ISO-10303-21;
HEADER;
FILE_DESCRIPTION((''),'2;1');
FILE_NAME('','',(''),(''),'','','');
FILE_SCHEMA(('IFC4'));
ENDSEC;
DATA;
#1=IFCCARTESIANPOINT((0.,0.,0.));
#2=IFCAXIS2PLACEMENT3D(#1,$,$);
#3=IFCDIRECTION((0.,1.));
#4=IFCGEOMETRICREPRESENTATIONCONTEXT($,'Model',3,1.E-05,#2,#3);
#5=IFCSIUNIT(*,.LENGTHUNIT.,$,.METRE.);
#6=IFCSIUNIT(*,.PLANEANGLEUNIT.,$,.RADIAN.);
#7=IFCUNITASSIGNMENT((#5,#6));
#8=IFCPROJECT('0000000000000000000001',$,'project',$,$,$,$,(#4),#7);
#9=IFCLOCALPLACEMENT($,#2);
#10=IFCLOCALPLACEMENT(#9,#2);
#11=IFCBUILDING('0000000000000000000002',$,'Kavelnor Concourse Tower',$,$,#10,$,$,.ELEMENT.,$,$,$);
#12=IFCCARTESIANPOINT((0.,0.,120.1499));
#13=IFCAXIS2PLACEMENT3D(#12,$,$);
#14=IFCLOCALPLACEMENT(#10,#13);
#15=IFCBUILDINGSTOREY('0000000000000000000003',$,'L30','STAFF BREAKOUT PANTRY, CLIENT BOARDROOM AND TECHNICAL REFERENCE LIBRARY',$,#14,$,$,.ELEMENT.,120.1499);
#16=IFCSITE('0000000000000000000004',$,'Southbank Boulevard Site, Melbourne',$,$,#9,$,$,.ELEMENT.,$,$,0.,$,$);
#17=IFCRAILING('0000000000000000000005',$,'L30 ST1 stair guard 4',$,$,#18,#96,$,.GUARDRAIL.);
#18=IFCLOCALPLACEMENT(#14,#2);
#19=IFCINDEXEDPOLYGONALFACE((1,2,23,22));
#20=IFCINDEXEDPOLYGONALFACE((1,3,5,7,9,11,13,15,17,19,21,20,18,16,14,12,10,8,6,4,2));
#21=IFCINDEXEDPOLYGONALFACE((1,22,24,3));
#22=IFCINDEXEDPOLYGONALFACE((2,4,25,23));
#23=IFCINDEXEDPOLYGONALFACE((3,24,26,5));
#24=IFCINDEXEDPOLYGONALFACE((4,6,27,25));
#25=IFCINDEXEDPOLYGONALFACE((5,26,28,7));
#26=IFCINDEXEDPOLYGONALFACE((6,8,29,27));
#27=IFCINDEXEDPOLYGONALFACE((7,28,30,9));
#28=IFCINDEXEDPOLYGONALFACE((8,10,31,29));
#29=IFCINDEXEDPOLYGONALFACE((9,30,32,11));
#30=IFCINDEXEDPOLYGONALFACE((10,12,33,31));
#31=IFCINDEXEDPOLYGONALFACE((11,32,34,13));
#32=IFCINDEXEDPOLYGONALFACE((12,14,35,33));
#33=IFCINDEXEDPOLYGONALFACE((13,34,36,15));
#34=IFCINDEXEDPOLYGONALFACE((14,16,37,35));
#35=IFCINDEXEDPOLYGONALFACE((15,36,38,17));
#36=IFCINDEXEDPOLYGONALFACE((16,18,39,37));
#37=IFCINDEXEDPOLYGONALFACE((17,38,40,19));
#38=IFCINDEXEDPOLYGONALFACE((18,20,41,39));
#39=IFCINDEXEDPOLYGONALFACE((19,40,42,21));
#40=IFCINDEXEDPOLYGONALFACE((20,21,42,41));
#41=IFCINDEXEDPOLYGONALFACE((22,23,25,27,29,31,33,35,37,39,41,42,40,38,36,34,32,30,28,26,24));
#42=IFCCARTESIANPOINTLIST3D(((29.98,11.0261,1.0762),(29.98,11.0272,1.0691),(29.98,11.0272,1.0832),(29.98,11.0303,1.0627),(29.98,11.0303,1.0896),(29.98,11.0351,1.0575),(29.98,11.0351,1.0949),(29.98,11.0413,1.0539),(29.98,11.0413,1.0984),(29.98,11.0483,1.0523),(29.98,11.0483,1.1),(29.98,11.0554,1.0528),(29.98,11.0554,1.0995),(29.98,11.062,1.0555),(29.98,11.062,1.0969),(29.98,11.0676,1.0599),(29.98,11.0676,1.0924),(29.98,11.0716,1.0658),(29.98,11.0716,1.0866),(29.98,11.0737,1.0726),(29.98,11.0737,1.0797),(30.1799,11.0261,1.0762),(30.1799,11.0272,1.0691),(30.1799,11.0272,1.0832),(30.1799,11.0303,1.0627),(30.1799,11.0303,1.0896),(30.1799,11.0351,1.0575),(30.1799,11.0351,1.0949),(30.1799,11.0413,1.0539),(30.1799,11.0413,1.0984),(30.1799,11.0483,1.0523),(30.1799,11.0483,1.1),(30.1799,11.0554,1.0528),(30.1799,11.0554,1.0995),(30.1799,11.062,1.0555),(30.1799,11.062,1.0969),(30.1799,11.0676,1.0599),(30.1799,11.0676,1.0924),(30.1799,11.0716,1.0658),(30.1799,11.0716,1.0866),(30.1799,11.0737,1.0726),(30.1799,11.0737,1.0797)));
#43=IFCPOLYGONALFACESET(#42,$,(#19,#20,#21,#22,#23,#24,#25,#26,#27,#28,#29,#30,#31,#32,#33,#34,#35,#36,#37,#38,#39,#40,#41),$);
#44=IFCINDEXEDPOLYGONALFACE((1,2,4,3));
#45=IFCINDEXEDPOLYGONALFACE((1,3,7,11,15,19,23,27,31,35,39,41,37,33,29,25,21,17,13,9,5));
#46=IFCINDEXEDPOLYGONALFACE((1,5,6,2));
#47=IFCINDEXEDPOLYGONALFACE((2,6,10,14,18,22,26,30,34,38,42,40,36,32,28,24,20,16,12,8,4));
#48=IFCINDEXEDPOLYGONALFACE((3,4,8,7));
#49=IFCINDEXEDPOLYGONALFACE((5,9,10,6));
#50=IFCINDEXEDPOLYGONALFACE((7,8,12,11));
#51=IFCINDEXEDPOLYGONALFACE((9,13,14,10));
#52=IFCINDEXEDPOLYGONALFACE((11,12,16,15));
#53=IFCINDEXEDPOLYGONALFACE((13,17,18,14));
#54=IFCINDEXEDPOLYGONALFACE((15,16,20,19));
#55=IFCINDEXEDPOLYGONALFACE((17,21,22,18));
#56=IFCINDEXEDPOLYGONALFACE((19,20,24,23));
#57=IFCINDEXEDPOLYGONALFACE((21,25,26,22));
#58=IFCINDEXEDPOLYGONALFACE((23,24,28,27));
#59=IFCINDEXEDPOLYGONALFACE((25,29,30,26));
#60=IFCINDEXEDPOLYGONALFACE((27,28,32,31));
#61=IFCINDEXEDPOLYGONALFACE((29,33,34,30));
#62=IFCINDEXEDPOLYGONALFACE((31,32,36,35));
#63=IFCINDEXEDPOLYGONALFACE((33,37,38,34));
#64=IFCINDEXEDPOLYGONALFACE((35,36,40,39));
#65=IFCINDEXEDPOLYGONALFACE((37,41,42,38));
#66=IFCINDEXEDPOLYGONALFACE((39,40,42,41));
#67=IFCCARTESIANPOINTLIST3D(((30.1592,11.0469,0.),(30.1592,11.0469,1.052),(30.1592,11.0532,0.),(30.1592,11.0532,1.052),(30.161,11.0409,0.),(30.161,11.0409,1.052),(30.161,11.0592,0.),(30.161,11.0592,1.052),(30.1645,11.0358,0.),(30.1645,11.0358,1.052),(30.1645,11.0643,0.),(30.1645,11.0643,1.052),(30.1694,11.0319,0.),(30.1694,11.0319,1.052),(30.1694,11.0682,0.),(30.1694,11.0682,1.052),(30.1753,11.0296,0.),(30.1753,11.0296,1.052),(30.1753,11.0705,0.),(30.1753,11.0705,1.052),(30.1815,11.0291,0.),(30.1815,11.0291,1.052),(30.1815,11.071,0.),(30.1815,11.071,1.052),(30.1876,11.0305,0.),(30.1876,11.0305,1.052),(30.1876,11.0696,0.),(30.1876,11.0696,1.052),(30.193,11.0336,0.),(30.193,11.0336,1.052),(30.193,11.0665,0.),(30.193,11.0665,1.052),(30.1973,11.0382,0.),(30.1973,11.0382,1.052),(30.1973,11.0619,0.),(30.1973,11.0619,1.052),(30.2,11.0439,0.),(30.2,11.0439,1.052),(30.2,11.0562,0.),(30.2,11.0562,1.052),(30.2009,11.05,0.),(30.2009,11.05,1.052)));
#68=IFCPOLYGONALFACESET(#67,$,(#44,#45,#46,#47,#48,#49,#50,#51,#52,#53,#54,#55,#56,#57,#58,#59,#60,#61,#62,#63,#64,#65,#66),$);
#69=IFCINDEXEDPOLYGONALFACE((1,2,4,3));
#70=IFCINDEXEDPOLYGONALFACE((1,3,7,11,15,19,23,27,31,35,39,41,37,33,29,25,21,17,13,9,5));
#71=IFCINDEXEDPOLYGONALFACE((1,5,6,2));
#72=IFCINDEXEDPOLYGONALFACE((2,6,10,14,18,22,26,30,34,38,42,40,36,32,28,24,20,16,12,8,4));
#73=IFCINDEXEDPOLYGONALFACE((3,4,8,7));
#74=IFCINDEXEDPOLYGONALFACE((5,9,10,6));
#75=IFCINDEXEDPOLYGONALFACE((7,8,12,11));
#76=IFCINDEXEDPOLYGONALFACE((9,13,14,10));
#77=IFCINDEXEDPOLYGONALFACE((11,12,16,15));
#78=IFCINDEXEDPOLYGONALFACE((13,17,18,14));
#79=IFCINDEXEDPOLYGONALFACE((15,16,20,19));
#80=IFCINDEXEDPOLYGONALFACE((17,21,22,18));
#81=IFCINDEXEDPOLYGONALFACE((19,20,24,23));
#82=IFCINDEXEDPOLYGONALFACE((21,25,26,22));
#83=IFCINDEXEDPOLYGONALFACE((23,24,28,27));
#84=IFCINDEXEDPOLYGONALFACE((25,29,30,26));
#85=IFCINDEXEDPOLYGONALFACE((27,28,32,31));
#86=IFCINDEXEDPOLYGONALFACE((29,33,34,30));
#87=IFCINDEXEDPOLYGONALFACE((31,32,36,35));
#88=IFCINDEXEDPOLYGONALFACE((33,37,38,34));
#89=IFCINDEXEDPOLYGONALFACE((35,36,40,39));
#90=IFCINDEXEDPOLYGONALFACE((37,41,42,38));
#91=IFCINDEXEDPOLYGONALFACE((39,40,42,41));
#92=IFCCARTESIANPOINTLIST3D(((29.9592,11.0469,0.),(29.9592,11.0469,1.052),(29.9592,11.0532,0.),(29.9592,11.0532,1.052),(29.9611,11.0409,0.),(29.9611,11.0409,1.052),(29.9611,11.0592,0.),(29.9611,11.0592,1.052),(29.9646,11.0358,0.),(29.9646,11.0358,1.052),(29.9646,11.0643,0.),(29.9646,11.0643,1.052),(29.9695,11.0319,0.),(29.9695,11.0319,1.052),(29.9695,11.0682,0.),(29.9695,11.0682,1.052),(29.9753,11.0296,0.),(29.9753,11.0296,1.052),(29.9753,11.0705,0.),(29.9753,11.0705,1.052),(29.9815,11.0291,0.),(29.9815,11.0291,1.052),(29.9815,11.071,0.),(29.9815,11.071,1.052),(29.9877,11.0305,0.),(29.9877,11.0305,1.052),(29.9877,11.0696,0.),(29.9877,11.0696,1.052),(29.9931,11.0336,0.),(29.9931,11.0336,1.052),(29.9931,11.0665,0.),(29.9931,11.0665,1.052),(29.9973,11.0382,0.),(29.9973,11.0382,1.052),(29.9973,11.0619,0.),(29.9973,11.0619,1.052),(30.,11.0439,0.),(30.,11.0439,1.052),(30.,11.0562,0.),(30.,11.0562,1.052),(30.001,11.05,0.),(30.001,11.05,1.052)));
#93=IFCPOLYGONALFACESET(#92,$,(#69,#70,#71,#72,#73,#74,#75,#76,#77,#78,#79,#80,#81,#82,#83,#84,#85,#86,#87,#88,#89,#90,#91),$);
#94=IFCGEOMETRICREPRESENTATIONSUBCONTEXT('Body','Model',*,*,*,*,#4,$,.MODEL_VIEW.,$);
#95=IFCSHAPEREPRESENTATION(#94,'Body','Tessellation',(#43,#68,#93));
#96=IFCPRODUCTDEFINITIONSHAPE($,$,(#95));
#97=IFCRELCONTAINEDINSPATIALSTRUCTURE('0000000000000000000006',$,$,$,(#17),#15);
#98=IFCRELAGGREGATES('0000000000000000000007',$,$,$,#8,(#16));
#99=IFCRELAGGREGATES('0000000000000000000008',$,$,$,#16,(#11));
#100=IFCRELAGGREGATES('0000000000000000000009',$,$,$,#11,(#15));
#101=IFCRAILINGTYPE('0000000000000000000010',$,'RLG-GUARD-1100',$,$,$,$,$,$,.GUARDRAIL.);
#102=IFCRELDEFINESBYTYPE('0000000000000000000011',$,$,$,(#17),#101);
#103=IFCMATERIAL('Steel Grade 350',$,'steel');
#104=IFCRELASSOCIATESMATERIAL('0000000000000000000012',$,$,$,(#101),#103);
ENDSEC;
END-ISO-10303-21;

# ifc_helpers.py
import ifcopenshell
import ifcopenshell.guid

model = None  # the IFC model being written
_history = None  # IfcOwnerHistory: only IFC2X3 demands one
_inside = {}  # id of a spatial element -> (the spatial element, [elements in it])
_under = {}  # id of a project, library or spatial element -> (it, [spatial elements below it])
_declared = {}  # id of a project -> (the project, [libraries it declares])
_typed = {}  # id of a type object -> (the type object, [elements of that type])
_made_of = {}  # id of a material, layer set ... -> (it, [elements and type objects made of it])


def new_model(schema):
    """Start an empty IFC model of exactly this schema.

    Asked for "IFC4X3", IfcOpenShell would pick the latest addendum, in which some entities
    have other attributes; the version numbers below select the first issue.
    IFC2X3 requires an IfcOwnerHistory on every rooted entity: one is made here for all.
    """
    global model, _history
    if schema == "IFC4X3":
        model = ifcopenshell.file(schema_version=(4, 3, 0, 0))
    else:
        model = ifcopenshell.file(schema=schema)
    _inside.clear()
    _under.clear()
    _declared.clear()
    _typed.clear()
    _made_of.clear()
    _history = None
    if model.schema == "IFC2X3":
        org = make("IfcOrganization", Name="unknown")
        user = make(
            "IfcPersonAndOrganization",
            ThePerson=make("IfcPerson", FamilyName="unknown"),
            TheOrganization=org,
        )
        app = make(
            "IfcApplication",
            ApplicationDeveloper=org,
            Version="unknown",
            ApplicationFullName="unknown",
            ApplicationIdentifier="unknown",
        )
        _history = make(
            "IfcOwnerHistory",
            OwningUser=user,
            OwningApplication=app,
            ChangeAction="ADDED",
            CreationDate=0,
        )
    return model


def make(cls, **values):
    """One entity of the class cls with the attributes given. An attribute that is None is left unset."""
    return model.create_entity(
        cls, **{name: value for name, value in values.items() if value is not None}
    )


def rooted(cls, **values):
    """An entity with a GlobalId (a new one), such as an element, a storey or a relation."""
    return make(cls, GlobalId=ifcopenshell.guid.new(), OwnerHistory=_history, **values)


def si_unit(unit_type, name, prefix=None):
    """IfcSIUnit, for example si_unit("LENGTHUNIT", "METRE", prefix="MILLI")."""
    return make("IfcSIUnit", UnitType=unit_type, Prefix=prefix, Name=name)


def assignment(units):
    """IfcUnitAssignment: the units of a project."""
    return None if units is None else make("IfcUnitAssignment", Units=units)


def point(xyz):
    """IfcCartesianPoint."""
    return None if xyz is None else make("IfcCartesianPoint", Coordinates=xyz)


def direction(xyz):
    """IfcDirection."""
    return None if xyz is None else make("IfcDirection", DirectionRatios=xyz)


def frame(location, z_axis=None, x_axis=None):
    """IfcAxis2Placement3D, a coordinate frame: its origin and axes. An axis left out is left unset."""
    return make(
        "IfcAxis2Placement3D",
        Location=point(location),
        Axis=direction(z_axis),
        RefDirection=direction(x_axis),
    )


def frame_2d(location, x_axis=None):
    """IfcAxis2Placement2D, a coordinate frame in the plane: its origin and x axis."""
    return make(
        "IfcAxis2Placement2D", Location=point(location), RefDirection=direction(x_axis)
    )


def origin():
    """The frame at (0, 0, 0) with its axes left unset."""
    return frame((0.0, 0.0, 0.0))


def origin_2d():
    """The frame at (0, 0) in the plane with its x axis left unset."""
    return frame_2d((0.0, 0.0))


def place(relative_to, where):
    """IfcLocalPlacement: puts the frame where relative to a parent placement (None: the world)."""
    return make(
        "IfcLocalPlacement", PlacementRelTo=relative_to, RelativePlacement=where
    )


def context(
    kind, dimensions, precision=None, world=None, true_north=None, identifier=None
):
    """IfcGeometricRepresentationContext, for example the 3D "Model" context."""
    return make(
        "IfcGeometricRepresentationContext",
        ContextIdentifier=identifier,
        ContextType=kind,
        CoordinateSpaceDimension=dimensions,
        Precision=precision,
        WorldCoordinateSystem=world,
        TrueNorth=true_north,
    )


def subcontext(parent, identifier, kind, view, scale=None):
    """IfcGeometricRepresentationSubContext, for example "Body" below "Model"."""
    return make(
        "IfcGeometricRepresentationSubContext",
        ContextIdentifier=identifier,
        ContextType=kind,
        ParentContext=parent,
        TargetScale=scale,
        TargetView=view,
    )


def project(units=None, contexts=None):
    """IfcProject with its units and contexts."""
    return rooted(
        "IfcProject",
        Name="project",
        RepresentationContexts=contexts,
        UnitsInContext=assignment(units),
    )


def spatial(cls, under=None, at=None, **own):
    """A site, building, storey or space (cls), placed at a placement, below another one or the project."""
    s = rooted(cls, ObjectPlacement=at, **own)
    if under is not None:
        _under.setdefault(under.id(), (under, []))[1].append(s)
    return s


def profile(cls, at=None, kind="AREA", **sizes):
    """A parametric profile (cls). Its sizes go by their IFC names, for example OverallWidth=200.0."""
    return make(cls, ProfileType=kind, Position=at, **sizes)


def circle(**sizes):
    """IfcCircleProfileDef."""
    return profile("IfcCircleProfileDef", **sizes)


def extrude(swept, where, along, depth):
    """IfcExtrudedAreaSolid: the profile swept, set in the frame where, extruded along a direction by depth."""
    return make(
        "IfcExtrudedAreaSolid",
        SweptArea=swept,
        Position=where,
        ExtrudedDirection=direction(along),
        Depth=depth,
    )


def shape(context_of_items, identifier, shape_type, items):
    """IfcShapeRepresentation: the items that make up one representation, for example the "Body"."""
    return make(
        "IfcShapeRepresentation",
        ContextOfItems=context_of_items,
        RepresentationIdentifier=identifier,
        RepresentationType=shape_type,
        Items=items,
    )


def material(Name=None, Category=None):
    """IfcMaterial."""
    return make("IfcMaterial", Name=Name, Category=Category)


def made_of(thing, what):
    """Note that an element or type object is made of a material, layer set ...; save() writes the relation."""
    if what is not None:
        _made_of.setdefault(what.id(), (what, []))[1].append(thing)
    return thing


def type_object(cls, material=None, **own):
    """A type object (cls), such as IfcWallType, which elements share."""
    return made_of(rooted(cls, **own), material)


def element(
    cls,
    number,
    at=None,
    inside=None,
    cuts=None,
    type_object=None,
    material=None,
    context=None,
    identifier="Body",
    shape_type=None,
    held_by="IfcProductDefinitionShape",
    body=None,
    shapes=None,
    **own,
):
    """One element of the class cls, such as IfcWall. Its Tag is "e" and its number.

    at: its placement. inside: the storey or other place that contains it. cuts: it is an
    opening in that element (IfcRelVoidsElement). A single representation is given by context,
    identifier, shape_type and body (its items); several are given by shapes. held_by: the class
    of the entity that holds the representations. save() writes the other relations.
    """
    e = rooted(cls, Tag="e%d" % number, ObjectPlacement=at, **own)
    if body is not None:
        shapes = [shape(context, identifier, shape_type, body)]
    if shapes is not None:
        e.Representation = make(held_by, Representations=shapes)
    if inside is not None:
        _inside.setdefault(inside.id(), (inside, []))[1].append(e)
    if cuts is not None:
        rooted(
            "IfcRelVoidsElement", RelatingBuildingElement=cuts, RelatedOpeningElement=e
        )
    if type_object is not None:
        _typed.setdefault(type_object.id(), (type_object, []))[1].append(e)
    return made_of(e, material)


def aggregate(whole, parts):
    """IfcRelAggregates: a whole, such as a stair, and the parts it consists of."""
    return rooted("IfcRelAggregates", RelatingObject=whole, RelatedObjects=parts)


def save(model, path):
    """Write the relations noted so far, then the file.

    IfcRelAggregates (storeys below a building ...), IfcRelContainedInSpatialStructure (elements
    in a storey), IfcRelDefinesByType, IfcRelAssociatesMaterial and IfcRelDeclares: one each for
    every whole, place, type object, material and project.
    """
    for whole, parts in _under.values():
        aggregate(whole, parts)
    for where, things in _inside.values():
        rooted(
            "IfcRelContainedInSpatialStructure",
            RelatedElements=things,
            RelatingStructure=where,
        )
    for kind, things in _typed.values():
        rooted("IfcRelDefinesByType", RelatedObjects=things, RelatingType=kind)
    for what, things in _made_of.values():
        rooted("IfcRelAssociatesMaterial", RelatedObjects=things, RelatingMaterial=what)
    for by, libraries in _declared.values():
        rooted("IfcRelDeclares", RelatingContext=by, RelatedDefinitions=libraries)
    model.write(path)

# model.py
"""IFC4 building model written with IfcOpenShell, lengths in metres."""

from ifc_helpers import new_model, si_unit, direction, frame, origin, origin_2d, place, context, subcontext, project, spatial, circle, extrude, material, type_object, element, save


model = new_model("IFC4")

# Units and contexts
model_context = context("Model", 3, precision=1e-05, world=origin(), true_north=direction((0.0, 1.0)))
body_context = subcontext(model_context, "Body", "Model", "MODEL_VIEW")
ifc_project = project(units=[si_unit("LENGTHUNIT", "METRE"), si_unit("PLANEANGLEUNIT", "RADIAN")], contexts=[model_context])

# Site, building, storey
site_placement = place(None, origin())
site = spatial("IfcSite", under=ifc_project, at=site_placement, Name="Southbank Boulevard Site, Melbourne", CompositionType="ELEMENT", RefElevation=0.0)
building_placement = place(site_placement, origin())
building = spatial("IfcBuilding", under=site, at=building_placement, Name="Kavelnor Concourse Tower", CompositionType="ELEMENT")
storey_placement = place(building_placement, frame((0.0, 0.0, 120.1499)))
storey = spatial("IfcBuildingStorey", under=building, at=storey_placement, Name="L30", Description="STAFF BREAKOUT PANTRY, CLIENT BOARDROOM AND TECHNICAL REFERENCE LIBRARY", CompositionType="ELEMENT", Elevation=120.1499)

# Shared definitions
ifc_material_1 = material(Name="Steel Grade 350", Category="steel")

# Railing
railing_type_1 = type_object("IfcRailingType", Name="RLG-GUARD-1100", PredefinedType="GUARDRAIL", material=ifc_material_1)
railing_1_placement = place(storey_placement, frame((30.1799, 11.05, 0.0)))
element("IfcRailing", 1, at=railing_1_placement, inside=storey, type_object=railing_type_1, Name="L30 ST1 stair guard 4", PredefinedType="GUARDRAIL", context=body_context, shape_type="SweptSolid", body=[
    extrude(circle(Radius=0.0239, at=origin_2d()), frame((0.0, 0.0, 1.0762), z_axis=(-1.0, 0.0, 0.0), x_axis=(0.0, -1.0, 0.0)), (0.0, 0.0, 1.0), 0.2),
    extrude(circle(Radius=0.021, at=origin_2d()), origin(), (0.0, 0.0, 1.0), 1.052),
    extrude(circle(Radius=0.021, at=origin_2d()), frame((-0.2, 0.0, 0.0)), (0.0, 0.0, 1.0), 1.052),
])

save(model, "model.ifc")
